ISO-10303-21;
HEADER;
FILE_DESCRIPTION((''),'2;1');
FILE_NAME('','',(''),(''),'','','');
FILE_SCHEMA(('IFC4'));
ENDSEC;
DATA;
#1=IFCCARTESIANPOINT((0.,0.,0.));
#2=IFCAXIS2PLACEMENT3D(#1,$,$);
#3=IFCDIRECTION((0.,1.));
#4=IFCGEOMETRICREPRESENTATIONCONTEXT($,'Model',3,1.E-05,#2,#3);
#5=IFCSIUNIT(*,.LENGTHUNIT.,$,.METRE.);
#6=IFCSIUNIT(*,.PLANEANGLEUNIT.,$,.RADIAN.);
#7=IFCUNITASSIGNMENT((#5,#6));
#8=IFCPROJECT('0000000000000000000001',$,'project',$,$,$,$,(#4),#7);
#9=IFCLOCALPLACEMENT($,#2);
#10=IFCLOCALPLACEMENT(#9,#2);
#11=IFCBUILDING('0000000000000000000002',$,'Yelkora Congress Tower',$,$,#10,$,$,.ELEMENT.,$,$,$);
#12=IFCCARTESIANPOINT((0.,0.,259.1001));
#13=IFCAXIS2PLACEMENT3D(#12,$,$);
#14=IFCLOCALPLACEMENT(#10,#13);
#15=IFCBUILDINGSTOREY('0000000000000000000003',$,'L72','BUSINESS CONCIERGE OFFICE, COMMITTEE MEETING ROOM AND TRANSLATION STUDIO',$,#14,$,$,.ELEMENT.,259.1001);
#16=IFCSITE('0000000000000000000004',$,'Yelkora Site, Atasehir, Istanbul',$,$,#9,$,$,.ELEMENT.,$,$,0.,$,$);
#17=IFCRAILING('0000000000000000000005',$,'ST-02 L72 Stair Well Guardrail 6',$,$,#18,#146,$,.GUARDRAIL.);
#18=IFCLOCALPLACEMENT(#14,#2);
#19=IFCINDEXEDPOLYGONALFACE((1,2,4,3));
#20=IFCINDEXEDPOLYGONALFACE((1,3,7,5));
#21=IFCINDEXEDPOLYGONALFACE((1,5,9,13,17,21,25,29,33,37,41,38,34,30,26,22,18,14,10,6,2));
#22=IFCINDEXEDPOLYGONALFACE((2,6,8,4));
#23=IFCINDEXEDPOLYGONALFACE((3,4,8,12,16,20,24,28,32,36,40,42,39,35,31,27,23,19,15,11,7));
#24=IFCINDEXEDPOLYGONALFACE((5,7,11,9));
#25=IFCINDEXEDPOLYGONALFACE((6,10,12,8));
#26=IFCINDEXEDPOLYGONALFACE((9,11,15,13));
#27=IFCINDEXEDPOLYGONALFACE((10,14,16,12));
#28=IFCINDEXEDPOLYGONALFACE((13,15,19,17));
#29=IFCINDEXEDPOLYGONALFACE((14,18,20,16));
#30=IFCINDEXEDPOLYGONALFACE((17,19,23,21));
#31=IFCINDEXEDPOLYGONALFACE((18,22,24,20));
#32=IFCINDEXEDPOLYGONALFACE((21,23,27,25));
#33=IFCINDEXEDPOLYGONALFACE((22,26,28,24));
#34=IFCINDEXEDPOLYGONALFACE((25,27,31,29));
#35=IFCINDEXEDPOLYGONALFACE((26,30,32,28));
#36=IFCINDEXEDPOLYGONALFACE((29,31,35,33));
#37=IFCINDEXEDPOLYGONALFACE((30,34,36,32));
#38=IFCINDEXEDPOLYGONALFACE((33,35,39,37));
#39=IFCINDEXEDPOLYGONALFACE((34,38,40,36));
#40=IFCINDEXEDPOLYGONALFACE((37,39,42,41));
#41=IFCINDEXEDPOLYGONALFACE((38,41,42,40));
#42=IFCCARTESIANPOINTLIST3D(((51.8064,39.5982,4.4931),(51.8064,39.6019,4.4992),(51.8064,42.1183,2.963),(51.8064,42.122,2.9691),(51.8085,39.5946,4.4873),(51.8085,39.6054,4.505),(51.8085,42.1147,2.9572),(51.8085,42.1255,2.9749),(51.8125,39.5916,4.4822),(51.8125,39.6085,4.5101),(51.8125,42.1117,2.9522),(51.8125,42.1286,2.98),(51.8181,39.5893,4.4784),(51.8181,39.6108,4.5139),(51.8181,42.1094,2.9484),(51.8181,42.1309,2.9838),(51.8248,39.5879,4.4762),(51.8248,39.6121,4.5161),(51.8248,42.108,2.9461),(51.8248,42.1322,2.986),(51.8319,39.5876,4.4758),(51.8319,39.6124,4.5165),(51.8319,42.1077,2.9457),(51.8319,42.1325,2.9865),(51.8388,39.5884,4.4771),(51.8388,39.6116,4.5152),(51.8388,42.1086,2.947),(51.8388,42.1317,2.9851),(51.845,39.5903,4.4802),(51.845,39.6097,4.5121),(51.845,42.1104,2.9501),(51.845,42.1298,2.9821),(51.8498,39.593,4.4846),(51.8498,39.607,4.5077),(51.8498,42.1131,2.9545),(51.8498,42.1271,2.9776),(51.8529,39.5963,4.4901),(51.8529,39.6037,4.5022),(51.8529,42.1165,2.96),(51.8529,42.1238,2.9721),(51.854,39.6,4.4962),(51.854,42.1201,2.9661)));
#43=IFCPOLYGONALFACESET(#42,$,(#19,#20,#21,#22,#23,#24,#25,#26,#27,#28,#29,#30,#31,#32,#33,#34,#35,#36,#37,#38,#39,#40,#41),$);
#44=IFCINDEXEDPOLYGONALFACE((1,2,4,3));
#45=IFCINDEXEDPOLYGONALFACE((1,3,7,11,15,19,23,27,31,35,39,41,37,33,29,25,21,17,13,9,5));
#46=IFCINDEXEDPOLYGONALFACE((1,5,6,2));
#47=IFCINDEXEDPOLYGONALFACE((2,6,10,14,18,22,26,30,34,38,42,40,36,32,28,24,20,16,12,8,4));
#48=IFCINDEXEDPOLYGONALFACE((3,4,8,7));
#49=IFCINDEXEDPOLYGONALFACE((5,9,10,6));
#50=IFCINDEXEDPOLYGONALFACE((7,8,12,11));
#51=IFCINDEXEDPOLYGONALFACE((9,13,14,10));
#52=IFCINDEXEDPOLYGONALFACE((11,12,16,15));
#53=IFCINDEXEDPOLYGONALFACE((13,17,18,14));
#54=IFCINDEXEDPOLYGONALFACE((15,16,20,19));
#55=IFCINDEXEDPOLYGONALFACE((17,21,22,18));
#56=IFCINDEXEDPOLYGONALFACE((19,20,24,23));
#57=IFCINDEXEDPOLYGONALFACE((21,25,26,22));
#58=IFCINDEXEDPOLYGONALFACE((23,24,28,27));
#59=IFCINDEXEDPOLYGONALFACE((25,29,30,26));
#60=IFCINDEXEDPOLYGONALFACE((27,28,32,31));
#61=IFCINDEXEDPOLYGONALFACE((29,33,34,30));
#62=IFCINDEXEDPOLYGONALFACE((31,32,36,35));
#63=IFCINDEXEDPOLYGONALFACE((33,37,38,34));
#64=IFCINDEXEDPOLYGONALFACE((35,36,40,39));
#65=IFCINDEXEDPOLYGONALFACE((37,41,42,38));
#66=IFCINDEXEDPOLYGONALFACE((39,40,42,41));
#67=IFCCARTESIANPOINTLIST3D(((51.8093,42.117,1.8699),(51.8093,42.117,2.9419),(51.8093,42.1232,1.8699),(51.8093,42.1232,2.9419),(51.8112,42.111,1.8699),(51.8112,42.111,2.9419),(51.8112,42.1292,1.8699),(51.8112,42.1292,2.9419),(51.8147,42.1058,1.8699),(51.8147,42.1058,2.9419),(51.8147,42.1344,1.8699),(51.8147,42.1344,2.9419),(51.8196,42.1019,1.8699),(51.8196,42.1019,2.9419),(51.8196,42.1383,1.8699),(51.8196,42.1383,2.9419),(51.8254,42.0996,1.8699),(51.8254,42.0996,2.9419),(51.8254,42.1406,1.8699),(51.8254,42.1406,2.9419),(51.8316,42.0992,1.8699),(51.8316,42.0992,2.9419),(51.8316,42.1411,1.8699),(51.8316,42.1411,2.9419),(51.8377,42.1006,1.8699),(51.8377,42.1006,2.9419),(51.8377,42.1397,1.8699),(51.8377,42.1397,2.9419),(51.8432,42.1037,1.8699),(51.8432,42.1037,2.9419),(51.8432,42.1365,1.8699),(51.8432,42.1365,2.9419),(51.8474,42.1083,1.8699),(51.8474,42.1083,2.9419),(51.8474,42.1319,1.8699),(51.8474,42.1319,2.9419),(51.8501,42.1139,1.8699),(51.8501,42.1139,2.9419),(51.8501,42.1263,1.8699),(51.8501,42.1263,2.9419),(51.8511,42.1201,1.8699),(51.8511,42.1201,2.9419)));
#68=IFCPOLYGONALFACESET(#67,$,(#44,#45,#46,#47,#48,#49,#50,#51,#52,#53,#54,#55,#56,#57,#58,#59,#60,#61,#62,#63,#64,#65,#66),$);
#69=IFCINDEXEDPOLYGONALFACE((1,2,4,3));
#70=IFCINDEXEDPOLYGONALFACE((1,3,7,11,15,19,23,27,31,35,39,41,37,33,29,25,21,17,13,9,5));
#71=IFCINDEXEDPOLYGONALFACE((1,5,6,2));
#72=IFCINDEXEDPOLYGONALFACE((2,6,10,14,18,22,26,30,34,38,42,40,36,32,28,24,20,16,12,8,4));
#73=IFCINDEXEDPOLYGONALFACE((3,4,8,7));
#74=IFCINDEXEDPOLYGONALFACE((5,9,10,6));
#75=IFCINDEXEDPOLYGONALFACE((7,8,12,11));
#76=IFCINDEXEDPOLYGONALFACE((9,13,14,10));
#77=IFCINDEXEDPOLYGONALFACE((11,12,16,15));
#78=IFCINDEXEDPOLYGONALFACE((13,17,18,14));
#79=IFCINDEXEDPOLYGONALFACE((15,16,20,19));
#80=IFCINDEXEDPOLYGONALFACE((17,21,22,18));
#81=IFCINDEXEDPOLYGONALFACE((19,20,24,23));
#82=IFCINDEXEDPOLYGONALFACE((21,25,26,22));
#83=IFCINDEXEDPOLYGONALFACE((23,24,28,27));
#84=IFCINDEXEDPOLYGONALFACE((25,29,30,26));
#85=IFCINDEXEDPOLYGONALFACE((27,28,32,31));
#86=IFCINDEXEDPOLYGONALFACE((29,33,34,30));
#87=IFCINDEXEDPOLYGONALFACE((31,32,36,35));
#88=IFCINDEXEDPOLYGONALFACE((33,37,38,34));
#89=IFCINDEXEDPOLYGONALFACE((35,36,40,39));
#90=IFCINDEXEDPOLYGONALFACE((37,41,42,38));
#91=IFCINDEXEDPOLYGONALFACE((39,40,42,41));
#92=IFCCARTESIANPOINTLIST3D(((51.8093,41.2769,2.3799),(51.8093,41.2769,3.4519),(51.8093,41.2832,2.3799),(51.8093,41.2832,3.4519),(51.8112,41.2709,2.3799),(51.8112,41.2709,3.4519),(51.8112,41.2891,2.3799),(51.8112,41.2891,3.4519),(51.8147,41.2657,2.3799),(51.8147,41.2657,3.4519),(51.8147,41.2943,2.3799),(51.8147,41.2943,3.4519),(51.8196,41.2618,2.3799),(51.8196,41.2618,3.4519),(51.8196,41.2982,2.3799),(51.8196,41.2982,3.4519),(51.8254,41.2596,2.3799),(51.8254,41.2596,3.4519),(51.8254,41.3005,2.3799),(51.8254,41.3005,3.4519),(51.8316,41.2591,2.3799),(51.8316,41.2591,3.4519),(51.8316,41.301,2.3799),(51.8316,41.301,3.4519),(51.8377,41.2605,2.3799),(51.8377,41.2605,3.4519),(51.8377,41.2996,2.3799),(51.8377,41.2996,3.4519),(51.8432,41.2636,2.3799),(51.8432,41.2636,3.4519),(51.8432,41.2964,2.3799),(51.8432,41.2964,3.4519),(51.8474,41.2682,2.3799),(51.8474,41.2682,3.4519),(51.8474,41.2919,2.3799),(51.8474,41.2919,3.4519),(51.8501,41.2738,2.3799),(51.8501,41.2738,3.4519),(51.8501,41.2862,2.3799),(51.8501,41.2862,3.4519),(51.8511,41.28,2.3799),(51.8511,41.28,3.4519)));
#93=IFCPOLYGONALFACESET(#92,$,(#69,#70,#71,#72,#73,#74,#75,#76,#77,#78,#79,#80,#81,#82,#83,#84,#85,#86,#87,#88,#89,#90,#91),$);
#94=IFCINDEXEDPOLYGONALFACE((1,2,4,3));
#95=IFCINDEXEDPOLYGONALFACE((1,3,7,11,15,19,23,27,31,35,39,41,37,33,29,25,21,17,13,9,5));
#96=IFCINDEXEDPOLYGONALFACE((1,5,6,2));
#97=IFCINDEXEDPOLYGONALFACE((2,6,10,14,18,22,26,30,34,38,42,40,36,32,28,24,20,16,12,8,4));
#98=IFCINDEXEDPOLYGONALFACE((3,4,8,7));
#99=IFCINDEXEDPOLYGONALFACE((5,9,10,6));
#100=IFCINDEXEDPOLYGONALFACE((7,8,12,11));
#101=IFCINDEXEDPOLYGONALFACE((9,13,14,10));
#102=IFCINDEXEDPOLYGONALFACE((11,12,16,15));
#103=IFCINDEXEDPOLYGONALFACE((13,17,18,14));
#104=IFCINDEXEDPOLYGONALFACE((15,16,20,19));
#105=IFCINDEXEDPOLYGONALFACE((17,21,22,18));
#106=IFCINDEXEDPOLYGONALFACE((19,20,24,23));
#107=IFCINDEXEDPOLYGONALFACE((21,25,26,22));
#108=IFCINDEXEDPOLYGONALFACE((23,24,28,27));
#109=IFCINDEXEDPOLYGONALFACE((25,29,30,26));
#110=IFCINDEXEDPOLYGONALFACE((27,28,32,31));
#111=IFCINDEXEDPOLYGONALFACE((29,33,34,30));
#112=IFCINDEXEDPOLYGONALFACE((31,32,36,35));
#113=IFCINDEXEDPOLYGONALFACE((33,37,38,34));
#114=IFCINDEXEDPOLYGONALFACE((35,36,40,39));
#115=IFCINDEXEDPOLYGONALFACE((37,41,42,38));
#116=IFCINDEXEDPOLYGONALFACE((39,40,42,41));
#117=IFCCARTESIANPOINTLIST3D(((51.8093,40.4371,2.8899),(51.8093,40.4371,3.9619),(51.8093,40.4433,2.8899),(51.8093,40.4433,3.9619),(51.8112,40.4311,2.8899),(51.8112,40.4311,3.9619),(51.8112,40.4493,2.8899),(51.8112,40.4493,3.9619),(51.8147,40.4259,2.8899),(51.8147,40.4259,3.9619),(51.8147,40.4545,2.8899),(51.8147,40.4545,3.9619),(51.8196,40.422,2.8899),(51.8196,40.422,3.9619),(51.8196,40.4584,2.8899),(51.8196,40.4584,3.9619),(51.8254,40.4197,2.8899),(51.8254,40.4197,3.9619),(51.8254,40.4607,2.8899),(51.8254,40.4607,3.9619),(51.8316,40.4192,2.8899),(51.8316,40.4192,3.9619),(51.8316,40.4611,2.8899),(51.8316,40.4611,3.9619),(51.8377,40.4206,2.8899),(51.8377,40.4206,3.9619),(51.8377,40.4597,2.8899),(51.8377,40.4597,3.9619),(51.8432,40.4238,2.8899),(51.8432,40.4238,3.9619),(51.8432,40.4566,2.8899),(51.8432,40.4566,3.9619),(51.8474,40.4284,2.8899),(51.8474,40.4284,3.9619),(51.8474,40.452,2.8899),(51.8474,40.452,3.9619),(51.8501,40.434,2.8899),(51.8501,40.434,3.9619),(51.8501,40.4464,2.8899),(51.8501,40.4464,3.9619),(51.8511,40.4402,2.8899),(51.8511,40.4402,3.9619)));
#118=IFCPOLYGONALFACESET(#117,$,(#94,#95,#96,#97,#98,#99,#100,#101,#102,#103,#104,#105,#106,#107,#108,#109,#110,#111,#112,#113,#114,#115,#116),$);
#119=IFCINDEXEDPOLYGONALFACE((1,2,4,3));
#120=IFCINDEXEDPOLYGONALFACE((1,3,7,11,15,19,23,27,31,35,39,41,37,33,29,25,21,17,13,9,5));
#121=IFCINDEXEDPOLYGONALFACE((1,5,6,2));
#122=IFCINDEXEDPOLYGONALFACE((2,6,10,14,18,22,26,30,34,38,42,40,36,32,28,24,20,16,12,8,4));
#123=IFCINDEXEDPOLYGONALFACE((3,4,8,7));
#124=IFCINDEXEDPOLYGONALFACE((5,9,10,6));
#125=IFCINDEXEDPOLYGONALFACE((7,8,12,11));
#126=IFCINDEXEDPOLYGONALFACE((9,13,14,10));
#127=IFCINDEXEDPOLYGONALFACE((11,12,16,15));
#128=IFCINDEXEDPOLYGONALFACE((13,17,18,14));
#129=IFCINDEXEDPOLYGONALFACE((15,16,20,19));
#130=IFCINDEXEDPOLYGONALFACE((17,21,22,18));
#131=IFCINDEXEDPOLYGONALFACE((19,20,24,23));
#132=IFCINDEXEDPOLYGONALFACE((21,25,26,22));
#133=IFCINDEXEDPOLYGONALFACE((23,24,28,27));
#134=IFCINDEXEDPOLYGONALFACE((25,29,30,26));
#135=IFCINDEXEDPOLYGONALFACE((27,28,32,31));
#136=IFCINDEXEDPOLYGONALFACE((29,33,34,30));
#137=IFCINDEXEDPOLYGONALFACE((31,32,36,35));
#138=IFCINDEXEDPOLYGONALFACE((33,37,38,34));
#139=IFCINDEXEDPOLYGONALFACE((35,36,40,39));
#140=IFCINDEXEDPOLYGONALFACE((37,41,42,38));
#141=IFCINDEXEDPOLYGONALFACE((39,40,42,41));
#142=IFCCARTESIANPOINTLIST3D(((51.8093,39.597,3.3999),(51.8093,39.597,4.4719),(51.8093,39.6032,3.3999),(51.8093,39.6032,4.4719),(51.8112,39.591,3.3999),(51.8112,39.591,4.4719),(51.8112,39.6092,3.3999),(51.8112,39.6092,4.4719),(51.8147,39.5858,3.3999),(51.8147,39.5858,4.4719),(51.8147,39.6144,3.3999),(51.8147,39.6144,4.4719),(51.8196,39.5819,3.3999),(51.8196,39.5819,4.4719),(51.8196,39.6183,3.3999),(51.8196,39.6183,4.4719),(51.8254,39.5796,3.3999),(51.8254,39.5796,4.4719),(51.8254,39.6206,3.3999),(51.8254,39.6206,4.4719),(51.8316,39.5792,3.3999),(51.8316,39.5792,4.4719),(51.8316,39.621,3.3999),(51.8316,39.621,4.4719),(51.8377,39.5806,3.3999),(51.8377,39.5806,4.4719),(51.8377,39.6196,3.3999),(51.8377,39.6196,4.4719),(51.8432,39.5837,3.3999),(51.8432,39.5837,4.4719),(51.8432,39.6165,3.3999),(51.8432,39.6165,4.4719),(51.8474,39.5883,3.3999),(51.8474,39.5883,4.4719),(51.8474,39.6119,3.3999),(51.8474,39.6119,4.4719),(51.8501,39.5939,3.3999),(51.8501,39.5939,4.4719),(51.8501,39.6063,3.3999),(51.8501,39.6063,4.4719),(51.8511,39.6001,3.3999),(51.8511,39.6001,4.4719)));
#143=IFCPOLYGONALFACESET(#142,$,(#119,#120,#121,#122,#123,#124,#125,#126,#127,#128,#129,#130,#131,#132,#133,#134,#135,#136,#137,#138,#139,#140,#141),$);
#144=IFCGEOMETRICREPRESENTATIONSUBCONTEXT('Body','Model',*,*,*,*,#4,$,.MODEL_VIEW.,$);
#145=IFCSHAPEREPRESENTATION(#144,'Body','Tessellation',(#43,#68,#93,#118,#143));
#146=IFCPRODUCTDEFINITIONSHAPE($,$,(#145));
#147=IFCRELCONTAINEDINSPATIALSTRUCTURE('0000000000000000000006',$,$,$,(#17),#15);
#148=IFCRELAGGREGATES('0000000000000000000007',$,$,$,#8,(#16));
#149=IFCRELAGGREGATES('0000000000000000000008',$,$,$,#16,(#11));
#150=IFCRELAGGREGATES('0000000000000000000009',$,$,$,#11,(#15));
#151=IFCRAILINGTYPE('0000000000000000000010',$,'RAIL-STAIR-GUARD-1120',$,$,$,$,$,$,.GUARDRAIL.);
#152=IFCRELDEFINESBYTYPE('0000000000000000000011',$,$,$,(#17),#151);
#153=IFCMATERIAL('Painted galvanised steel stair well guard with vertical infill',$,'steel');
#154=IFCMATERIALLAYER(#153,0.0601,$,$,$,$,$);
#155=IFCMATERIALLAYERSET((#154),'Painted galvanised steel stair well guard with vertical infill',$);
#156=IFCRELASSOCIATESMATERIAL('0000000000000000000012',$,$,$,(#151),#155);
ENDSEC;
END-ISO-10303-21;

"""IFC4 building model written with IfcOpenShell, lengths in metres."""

from ifc_helpers import new_model, si_unit, direction, frame, origin, origin_2d, place, context, subcontext, project, spatial, circle, extrude, material, layer, layer_set, type_object, element, save


model = new_model("IFC4")

# Units and contexts
model_context = context("Model", 3, precision=1e-05, world=origin(), true_north=direction((0.0, 1.0)))
body_context = subcontext(model_context, "Body", "Model", "MODEL_VIEW")
ifc_project = project(units=[si_unit("LENGTHUNIT", "METRE"), si_unit("PLANEANGLEUNIT", "RADIAN")], contexts=[model_context])

# Site, building, storey
site_placement = place(None, origin())
site = spatial("IfcSite", under=ifc_project, at=site_placement, Name="Yelkora Site, Atasehir, Istanbul", CompositionType="ELEMENT", RefElevation=0.0)
building_placement = place(site_placement, origin())
building = spatial("IfcBuilding", under=site, at=building_placement, Name="Yelkora Congress Tower", CompositionType="ELEMENT")
storey_placement = place(building_placement, frame((0.0, 0.0, 259.1001)))
storey = spatial("IfcBuildingStorey", under=building, at=storey_placement, Name="L72", Description="BUSINESS CONCIERGE OFFICE, COMMITTEE MEETING ROOM AND TRANSLATION STUDIO", CompositionType="ELEMENT", Elevation=259.1001)

# Railing
ifc_material_1 = material(Name="Painted galvanised steel stair well guard with vertical infill", Category="steel")
ifc_layer_1 = layer(ifc_material_1, 0.0601)
ifc_layer_set_1 = layer_set([ifc_layer_1], Name="Painted galvanised steel stair well guard with vertical infill")
railing_type_1 = type_object("IfcRailingType", Name="RAIL-STAIR-GUARD-1120", PredefinedType="GUARDRAIL", material=ifc_layer_set_1)
railing_1_placement = place(storey_placement, frame((51.8301, 42.1201, 1.8699)))
element("IfcRailing", 1, at=railing_1_placement, inside=storey, type_object=railing_type_1, Name="ST-02 L72 Stair Well Guardrail 6", PredefinedType="GUARDRAIL", context=body_context, shape_type="SweptSolid", body=[
    extrude(circle(Radius=0.0239, at=origin_2d()), frame((0.0, 0.0, 1.0962), z_axis=(0.0, -0.854785, 0.518982), x_axis=(1.0, 0.0, 0.0)), (0.0, 0.0, 1.0), 2.9482),
    extrude(circle(Radius=0.021, at=origin_2d()), origin(), (0.0, 0.0, 1.0), 1.072),
    extrude(circle(Radius=0.021, at=origin_2d()), frame((0.0, -0.8401, 0.51)), (0.0, 0.0, 1.0), 1.072),
    extrude(circle(Radius=0.021, at=origin_2d()), frame((0.0, -1.6799, 1.02)), (0.0, 0.0, 1.0), 1.072),
    extrude(circle(Radius=0.021, at=origin_2d()), frame((0.0, -2.52, 1.53)), (0.0, 0.0, 1.0), 1.072),
])

save(model, "model.ifc")
